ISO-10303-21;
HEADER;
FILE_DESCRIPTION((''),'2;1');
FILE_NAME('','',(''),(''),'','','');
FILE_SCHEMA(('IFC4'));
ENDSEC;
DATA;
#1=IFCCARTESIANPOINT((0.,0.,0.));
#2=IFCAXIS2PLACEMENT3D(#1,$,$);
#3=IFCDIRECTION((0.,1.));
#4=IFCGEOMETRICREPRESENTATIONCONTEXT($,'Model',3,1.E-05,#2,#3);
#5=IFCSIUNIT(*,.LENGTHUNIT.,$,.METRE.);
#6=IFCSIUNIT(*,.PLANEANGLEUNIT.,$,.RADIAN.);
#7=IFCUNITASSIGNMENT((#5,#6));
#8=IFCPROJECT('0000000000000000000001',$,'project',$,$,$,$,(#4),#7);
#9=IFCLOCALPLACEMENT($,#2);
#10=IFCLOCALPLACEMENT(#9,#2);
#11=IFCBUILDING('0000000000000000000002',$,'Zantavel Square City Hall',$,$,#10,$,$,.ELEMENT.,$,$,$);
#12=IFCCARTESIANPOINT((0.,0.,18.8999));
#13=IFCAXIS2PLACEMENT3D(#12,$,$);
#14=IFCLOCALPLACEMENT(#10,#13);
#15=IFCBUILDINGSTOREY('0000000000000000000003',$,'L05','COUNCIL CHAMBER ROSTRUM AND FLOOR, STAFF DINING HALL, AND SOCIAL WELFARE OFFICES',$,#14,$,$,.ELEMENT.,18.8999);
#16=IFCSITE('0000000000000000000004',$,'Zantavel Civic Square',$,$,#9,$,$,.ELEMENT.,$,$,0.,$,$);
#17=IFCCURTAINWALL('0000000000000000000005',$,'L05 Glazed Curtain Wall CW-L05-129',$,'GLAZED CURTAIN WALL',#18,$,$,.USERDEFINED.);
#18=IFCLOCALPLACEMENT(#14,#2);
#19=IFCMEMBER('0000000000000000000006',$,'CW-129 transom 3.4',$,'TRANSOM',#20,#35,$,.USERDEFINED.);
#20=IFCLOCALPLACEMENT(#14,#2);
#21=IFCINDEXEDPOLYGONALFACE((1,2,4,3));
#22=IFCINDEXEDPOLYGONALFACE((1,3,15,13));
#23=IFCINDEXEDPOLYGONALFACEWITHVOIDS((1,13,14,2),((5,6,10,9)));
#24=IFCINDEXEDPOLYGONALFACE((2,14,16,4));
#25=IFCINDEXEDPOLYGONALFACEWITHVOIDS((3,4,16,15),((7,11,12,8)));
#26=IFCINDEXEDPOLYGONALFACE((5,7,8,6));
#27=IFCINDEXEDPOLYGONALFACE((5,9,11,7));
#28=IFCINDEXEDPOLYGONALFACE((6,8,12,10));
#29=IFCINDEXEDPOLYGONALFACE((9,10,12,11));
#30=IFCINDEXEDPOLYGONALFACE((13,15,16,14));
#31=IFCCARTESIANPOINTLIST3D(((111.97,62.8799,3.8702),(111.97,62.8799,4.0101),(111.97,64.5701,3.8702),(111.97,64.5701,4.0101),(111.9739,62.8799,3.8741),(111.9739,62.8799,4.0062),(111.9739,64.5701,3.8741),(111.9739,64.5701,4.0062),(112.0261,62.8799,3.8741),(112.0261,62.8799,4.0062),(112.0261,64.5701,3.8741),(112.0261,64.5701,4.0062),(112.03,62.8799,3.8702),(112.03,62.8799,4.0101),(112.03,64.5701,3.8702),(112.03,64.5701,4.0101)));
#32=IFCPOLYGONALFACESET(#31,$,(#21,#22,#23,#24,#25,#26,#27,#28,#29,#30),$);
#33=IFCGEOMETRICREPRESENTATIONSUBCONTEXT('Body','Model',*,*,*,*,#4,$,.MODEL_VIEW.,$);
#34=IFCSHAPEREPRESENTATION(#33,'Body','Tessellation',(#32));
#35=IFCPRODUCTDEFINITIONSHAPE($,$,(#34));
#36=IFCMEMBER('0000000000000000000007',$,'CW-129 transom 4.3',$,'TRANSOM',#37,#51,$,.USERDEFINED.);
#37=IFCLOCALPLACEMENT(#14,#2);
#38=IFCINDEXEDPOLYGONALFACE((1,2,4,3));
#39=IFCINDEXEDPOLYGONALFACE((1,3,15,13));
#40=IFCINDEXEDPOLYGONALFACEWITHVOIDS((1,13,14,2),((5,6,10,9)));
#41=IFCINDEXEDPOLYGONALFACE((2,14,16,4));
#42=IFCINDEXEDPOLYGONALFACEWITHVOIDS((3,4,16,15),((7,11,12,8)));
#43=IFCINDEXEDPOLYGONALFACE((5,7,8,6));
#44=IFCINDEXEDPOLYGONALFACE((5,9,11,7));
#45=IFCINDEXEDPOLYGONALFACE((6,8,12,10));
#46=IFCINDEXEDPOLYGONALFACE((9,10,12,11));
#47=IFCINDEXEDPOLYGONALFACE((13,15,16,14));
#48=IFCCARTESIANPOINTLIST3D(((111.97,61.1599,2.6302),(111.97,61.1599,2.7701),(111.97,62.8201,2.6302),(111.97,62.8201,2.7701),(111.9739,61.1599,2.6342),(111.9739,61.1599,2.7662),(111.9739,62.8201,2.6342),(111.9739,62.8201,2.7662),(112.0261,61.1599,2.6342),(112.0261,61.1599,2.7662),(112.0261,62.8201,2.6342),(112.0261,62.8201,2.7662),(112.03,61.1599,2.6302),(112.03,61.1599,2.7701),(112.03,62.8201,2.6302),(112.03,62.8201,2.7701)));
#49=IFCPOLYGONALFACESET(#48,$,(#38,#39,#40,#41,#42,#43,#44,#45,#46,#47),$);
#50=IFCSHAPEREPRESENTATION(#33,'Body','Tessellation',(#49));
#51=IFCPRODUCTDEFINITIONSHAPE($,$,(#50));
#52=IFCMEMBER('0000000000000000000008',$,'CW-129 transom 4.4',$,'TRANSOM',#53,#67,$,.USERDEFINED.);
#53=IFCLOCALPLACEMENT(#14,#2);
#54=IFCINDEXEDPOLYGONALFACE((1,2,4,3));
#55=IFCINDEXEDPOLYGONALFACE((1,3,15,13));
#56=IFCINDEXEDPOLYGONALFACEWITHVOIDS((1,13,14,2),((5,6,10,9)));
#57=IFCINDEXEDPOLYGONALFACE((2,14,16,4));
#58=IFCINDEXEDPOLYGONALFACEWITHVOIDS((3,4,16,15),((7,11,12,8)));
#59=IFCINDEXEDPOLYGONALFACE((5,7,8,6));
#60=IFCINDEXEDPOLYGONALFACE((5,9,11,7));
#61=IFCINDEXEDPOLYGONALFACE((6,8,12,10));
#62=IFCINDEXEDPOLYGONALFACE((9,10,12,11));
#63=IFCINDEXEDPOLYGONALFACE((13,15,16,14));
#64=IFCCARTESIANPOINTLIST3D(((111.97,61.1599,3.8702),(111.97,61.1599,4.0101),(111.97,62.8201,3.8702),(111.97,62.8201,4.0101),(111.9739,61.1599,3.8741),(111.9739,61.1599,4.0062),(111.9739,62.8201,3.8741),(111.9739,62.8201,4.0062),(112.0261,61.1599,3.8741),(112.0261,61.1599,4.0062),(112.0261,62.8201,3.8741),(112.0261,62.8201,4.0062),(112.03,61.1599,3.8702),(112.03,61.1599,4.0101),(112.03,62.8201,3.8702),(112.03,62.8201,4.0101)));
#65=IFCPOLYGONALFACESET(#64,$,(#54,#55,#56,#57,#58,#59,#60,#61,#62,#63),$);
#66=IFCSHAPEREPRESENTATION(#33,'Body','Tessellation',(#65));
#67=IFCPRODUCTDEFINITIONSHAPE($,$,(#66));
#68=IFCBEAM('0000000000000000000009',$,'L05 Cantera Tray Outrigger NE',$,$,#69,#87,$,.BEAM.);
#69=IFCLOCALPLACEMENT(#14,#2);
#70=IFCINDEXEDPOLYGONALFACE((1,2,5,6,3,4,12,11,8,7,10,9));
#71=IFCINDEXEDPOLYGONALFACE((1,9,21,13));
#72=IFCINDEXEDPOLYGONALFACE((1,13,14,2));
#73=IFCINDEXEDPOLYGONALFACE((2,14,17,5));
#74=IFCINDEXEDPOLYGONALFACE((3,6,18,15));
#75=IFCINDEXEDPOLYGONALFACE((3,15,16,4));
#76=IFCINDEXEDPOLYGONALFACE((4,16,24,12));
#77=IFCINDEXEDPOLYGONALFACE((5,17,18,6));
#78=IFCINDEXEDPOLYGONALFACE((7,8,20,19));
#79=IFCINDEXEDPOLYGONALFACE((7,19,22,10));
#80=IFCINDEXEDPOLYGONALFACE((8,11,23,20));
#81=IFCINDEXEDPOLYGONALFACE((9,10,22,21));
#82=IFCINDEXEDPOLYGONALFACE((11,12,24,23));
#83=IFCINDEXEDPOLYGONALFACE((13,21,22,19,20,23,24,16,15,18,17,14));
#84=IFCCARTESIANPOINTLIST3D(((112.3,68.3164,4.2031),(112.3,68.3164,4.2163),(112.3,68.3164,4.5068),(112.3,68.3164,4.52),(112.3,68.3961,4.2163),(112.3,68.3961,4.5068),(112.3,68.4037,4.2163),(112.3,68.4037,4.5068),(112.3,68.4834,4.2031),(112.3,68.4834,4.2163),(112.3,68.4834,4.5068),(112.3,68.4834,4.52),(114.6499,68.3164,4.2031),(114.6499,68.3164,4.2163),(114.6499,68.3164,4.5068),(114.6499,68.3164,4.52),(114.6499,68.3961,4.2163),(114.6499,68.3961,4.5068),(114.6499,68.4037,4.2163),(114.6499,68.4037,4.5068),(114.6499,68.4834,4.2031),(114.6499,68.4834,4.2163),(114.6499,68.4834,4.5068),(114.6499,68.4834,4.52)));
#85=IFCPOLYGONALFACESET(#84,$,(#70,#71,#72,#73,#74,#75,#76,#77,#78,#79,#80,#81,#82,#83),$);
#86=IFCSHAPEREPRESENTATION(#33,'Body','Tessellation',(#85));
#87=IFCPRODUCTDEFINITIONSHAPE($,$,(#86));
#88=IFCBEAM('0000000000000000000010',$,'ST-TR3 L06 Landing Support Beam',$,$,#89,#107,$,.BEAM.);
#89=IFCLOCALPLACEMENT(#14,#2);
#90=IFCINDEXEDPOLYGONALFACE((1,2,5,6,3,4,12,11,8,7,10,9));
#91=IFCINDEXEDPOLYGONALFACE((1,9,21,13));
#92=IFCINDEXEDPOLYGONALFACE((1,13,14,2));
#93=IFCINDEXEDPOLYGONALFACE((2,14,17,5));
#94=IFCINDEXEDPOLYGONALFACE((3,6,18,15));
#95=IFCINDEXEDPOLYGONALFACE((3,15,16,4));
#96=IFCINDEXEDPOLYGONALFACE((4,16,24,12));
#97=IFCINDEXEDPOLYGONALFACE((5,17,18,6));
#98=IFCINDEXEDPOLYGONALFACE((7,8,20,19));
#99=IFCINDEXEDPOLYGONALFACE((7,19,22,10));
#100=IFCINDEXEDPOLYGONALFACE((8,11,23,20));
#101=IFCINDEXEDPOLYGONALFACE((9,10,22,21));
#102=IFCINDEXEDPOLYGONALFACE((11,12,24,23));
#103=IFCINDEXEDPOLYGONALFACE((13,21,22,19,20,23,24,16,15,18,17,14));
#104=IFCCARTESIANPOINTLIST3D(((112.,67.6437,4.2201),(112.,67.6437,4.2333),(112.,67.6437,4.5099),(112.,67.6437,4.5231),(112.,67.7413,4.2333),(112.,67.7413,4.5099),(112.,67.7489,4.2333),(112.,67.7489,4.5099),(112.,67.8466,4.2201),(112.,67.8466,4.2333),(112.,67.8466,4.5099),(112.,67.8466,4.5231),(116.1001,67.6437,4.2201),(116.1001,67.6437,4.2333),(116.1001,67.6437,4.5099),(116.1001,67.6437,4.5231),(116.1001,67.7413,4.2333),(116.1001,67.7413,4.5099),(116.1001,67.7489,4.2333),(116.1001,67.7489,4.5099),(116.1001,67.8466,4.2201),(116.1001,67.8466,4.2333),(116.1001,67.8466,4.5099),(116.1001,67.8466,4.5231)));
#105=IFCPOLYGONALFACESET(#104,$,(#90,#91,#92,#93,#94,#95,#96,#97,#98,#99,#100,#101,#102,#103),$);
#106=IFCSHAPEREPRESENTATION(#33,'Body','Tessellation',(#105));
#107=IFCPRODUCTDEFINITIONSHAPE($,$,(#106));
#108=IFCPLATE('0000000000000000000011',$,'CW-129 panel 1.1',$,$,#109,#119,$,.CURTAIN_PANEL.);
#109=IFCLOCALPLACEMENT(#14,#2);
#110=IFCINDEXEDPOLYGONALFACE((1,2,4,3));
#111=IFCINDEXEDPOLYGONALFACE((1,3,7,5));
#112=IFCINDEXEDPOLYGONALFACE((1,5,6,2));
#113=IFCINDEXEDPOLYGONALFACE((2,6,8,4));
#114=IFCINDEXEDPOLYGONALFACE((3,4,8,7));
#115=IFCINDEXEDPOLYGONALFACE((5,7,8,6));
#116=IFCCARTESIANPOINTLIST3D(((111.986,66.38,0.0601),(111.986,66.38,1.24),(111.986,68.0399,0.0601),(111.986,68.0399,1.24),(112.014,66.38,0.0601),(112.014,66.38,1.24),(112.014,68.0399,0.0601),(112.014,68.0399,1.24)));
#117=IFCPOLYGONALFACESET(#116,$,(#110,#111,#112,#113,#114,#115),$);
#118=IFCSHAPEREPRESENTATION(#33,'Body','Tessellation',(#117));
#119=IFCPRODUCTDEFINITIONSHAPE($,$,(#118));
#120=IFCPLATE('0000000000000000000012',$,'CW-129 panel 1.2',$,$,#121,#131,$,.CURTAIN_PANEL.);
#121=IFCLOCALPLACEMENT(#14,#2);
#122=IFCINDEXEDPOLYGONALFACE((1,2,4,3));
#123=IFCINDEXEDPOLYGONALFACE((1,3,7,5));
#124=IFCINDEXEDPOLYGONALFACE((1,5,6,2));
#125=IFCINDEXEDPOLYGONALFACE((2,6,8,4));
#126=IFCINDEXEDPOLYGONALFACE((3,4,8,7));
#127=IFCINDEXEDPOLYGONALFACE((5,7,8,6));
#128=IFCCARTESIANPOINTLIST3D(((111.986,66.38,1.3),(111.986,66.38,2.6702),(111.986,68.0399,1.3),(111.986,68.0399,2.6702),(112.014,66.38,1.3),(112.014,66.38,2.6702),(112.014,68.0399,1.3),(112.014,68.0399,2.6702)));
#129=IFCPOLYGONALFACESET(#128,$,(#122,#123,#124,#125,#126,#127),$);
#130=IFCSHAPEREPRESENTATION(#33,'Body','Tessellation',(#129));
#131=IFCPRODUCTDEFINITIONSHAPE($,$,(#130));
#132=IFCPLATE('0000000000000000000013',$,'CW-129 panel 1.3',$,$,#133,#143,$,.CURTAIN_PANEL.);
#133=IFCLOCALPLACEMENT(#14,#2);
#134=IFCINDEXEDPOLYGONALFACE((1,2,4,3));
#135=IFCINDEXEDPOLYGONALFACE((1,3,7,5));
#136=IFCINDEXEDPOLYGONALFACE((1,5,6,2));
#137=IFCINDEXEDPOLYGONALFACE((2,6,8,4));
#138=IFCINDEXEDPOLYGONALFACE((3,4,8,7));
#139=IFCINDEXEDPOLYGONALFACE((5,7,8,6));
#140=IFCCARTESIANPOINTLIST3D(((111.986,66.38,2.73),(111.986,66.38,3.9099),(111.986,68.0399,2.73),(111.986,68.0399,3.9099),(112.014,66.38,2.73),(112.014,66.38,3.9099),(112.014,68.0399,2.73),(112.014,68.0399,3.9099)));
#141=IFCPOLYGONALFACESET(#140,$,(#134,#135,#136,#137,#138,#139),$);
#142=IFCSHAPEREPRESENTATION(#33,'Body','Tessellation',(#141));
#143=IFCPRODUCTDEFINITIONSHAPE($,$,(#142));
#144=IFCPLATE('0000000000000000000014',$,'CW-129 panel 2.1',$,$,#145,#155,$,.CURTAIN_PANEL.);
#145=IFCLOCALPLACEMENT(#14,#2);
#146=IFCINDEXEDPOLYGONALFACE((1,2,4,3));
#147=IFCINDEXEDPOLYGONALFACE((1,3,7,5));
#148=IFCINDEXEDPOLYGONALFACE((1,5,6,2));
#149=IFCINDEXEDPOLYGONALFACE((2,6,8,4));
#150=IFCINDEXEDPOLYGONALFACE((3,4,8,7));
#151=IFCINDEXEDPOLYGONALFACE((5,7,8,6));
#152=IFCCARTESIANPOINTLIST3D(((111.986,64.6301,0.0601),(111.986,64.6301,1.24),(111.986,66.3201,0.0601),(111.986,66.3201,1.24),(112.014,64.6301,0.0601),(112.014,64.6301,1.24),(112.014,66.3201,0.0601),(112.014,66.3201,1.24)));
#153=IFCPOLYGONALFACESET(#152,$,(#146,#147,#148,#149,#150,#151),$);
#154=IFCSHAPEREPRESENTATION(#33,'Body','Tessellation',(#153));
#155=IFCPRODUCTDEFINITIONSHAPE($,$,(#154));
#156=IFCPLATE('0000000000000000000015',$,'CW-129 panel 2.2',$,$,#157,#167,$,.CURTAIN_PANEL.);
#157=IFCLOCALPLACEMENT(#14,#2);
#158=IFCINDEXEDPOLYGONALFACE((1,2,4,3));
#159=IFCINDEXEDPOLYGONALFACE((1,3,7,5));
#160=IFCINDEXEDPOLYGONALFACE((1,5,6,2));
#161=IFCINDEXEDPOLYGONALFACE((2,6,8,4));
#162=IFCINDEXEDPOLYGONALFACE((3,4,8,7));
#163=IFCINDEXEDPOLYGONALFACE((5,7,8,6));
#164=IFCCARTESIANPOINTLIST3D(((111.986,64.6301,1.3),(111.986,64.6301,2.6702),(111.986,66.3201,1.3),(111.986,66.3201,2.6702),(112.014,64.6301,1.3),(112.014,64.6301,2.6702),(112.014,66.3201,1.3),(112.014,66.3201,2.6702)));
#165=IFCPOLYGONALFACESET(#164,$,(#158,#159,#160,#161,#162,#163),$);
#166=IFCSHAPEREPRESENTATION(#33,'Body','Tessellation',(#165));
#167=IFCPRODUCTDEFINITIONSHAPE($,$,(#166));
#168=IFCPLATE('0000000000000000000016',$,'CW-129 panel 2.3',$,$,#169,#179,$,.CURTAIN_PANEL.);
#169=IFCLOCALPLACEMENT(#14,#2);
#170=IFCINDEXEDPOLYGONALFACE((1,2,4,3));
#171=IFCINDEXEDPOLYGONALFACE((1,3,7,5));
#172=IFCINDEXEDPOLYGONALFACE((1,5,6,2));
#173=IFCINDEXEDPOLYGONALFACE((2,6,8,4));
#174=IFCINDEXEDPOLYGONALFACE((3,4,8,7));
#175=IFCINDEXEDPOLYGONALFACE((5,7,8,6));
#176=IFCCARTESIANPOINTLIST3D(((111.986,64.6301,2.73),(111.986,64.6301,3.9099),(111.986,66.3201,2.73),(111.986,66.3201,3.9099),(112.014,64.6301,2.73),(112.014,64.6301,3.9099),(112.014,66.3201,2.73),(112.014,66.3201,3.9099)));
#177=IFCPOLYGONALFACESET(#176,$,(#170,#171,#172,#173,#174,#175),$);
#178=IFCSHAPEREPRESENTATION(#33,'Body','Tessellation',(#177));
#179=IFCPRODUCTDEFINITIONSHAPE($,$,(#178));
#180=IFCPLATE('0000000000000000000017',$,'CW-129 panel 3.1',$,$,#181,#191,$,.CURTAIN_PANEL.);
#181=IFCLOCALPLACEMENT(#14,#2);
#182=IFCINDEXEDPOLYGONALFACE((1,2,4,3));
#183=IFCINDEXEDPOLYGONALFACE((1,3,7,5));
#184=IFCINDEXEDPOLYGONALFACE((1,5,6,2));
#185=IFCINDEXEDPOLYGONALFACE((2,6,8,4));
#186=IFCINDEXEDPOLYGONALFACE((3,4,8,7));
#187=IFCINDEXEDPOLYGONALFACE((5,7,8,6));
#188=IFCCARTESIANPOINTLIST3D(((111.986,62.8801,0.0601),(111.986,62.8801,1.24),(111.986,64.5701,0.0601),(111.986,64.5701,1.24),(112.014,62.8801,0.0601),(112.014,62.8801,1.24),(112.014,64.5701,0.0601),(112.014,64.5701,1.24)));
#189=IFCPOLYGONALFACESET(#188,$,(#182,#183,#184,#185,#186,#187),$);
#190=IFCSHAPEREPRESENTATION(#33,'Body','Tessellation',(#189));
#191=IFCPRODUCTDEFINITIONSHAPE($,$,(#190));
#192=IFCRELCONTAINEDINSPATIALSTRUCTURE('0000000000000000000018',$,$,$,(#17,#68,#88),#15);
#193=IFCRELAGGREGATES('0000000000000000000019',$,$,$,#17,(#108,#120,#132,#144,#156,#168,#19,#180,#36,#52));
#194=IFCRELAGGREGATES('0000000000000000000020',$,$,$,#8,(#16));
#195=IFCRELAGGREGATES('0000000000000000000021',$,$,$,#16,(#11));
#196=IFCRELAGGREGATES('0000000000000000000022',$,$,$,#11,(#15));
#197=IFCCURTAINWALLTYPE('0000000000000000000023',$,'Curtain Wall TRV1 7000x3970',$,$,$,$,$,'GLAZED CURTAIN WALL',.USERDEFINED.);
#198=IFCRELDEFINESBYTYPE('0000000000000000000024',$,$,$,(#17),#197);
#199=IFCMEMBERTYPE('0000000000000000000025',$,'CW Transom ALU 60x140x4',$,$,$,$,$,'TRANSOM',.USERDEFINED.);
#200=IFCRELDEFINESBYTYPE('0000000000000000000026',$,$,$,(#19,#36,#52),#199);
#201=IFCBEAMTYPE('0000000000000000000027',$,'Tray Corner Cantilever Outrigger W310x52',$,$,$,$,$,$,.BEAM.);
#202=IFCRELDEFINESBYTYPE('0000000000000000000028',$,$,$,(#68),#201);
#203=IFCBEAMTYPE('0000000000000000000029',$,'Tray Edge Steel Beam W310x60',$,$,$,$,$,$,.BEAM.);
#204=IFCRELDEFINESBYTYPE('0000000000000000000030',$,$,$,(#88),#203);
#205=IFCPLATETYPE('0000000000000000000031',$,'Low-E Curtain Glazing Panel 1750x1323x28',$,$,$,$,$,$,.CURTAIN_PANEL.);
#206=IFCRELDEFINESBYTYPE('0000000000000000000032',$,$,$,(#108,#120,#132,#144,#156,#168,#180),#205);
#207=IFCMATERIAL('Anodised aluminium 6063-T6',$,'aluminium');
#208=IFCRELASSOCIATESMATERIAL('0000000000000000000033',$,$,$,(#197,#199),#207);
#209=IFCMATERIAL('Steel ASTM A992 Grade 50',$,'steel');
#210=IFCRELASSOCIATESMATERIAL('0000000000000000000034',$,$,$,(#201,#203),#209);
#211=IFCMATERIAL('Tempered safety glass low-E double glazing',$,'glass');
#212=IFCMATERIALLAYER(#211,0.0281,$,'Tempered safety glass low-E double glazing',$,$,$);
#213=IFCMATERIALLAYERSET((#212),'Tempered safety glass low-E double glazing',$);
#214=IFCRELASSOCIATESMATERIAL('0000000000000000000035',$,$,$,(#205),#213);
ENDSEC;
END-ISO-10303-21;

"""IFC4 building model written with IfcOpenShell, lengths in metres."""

from ifc_helpers import new_model, si_unit, direction, frame, origin, origin_2d, place, context, subcontext, project, spatial, rectangle, hollow_rectangle, i_section, extrude, material, layer, layer_set, material_profile, profile_set, type_object, element, aggregate, save


model = new_model("IFC4")

# Units and contexts
model_context = context("Model", 3, precision=1e-05, world=origin(), true_north=direction((0.0, 1.0)))
body_context = subcontext(model_context, "Body", "Model", "MODEL_VIEW")
ifc_project = project(units=[si_unit("LENGTHUNIT", "METRE"), si_unit("PLANEANGLEUNIT", "RADIAN")], contexts=[model_context])

# Site, building, storey
site_placement = place(None, origin())
site = spatial("IfcSite", under=ifc_project, at=site_placement, Name="Zantavel Civic Square", CompositionType="ELEMENT", RefElevation=0.0)
building_placement = place(site_placement, origin())
building = spatial("IfcBuilding", under=site, at=building_placement, Name="Zantavel Square City Hall", CompositionType="ELEMENT")
storey_placement = place(building_placement, frame((0.0, 0.0, 18.8999)))
storey = spatial("IfcBuildingStorey", under=building, at=storey_placement, Name="L05", Description="COUNCIL CHAMBER ROSTRUM AND FLOOR, STAFF DINING HALL, AND SOCIAL WELFARE OFFICES", CompositionType="ELEMENT", Elevation=18.8999)

# Curtain wall, members
ifc_material_1 = material(Name="Anodised aluminium 6063-T6", Category="aluminium")
curtain_wall_type = type_object("IfcCurtainWallType", Name="Curtain Wall TRV1 7000x3970", ElementType="GLAZED CURTAIN WALL", PredefinedType="USERDEFINED", material=ifc_material_1)
curtain_wall_placement = place(storey_placement, origin())
curtain_wall = element("IfcCurtainWall", 1, at=curtain_wall_placement, inside=storey, type_object=curtain_wall_type, Name="L05 Glazed Curtain Wall CW-L05-129", ObjectType="GLAZED CURTAIN WALL", PredefinedType="USERDEFINED")
ifc_material_profile_1 = material_profile(ifc_material_1, hollow_rectangle(XDim=0.0601, YDim=0.1399, WallThickness=0.0039, at=origin_2d()), Name="ALU 60x140x4")
ifc_profile_set_1 = profile_set([ifc_material_profile_1], Name="Anodised aluminium 6063-T6")
member_type_1 = type_object("IfcMemberType", Name="CW Transom ALU 60x140x4", ElementType="TRANSOM", PredefinedType="USERDEFINED", material=ifc_profile_set_1)
member_1_placement = place(storey_placement, frame((112.0, 64.5701, 3.9402), z_axis=(0.0, -1.0, 0.0), x_axis=(1.0, 0.0, 0.0)))
member_1 = element("IfcMember", 2, at=member_1_placement, type_object=member_type_1, Name="CW-129 transom 3.4", ObjectType="TRANSOM", PredefinedType="USERDEFINED", context=body_context, shape_type="SweptSolid", body=[
    extrude(hollow_rectangle(XDim=0.0601, YDim=0.1399, WallThickness=0.0039, at=origin_2d()), origin(), (0.0, 0.0, 1.0), 1.6902),
])
member_2_placement = place(storey_placement, frame((112.0, 62.8201, 2.7002), z_axis=(0.0, -1.0, 0.0), x_axis=(1.0, 0.0, 0.0)))
member_2 = element("IfcMember", 3, at=member_2_placement, type_object=member_type_1, Name="CW-129 transom 4.3", ObjectType="TRANSOM", PredefinedType="USERDEFINED", context=body_context, shape_type="SweptSolid", body=[
    extrude(hollow_rectangle(XDim=0.0601, YDim=0.1399, WallThickness=0.0039, at=origin_2d()), origin(), (0.0, 0.0, 1.0), 1.6602),
])
member_3_placement = place(storey_placement, frame((112.0, 62.8201, 3.9402), z_axis=(0.0, -1.0, 0.0), x_axis=(1.0, 0.0, 0.0)))
member_3 = element("IfcMember", 4, at=member_3_placement, type_object=member_type_1, Name="CW-129 transom 4.4", ObjectType="TRANSOM", PredefinedType="USERDEFINED", context=body_context, shape_type="SweptSolid", body=[
    extrude(hollow_rectangle(XDim=0.0601, YDim=0.1399, WallThickness=0.0039, at=origin_2d()), origin(), (0.0, 0.0, 1.0), 1.6602),
])

# Beams
ifc_material_2 = material(Name="Steel ASTM A992 Grade 50", Category="steel")
ifc_material_profile_2 = material_profile(ifc_material_2, i_section(OverallWidth=0.167, OverallDepth=0.3169, WebThickness=0.0076, FlangeThickness=0.0132, at=origin_2d()), Name="W310x52")
ifc_profile_set_2 = profile_set([ifc_material_profile_2], Name="Steel ASTM A992 Grade 50")
beam_type_1 = type_object("IfcBeamType", Name="Tray Corner Cantilever Outrigger W310x52", PredefinedType="BEAM", material=ifc_profile_set_2)
beam_1_placement = place(storey_placement, frame((112.3, 68.3999, 4.3616), z_axis=(1.0, 0.0, 0.0), x_axis=(0.0, 1.0, 0.0)))
element("IfcBeam", 5, at=beam_1_placement, inside=storey, type_object=beam_type_1, Name="L05 Cantera Tray Outrigger NE", PredefinedType="BEAM", context=body_context, shape_type="SweptSolid", body=[
    extrude(i_section(OverallWidth=0.167, OverallDepth=0.3169, WebThickness=0.0076, FlangeThickness=0.0132, at=origin_2d()), origin(), (0.0, 0.0, 1.0), 2.3499),
])
ifc_material_profile_3 = material_profile(ifc_material_2, i_section(OverallWidth=0.2029, OverallDepth=0.303, WebThickness=0.0076, FlangeThickness=0.0132, at=origin_2d()), Name="W310x60")
ifc_profile_set_3 = profile_set([ifc_material_profile_3], Name="Steel ASTM A992 Grade 50")
beam_type_2 = type_object("IfcBeamType", Name="Tray Edge Steel Beam W310x60", PredefinedType="BEAM", material=ifc_profile_set_3)
beam_2_placement = place(storey_placement, frame((112.0, 67.7451, 4.3716), z_axis=(1.0, 0.0, 0.0), x_axis=(0.0, 1.0, 0.0)))
element("IfcBeam", 6, at=beam_2_placement, inside=storey, type_object=beam_type_2, Name="ST-TR3 L06 Landing Support Beam", PredefinedType="BEAM", context=body_context, shape_type="SweptSolid", body=[
    extrude(i_section(OverallWidth=0.2029, OverallDepth=0.303, WebThickness=0.0076, FlangeThickness=0.0132, at=origin_2d()), origin(), (0.0, 0.0, 1.0), 4.1001),
])

# Plates
ifc_material_3 = material(Name="Tempered safety glass low-E double glazing", Category="glass")
ifc_layer_1 = layer(ifc_material_3, 0.0281, Name="Tempered safety glass low-E double glazing")
ifc_layer_set_1 = layer_set([ifc_layer_1], Name="Tempered safety glass low-E double glazing")
plate_type = type_object("IfcPlateType", Name="Low-E Curtain Glazing Panel 1750x1323x28", PredefinedType="CURTAIN_PANEL", material=ifc_layer_set_1)
plate_1_placement = place(storey_placement, frame((112.0, 67.21, 0.0601), z_axis=(0.0, 0.0, 1.0), x_axis=(0.0, -1.0, 0.0)))
plate_1 = element("IfcPlate", 7, at=plate_1_placement, type_object=plate_type, Name="CW-129 panel 1.1", PredefinedType="CURTAIN_PANEL", context=body_context, shape_type="SweptSolid", body=[
    extrude(rectangle(XDim=1.6599, YDim=0.0281, at=origin_2d()), origin(), (0.0, 0.0, 1.0), 1.1799),
])
plate_2_placement = place(storey_placement, frame((112.0, 67.21, 1.3), z_axis=(0.0, 0.0, 1.0), x_axis=(0.0, -1.0, 0.0)))
plate_2 = element("IfcPlate", 8, at=plate_2_placement, type_object=plate_type, Name="CW-129 panel 1.2", PredefinedType="CURTAIN_PANEL", context=body_context, shape_type="SweptSolid", body=[
    extrude(rectangle(XDim=1.6599, YDim=0.0281, at=origin_2d()), origin(), (0.0, 0.0, 1.0), 1.3701),
])
plate_3_placement = place(storey_placement, frame((112.0, 67.21, 2.73), z_axis=(0.0, 0.0, 1.0), x_axis=(0.0, -1.0, 0.0)))
plate_3 = element("IfcPlate", 9, at=plate_3_placement, type_object=plate_type, Name="CW-129 panel 1.3", PredefinedType="CURTAIN_PANEL", context=body_context, shape_type="SweptSolid", body=[
    extrude(rectangle(XDim=1.6599, YDim=0.0281, at=origin_2d()), origin(), (0.0, 0.0, 1.0), 1.1799),
])
plate_4_placement = place(storey_placement, frame((112.0, 65.4751, 0.0601), z_axis=(0.0, 0.0, 1.0), x_axis=(0.0, -1.0, 0.0)))
plate_4 = element("IfcPlate", 10, at=plate_4_placement, type_object=plate_type, Name="CW-129 panel 2.1", PredefinedType="CURTAIN_PANEL", context=body_context, shape_type="SweptSolid", body=[
    extrude(rectangle(XDim=1.6899, YDim=0.0281, at=origin_2d()), origin(), (0.0, 0.0, 1.0), 1.1799),
])
plate_5_placement = place(storey_placement, frame((112.0, 65.4751, 1.3), z_axis=(0.0, 0.0, 1.0), x_axis=(0.0, -1.0, 0.0)))
plate_5 = element("IfcPlate", 11, at=plate_5_placement, type_object=plate_type, Name="CW-129 panel 2.2", PredefinedType="CURTAIN_PANEL", context=body_context, shape_type="SweptSolid", body=[
    extrude(rectangle(XDim=1.6899, YDim=0.0281, at=origin_2d()), origin(), (0.0, 0.0, 1.0), 1.3701),
])
plate_6_placement = place(storey_placement, frame((112.0, 65.4751, 2.73), z_axis=(0.0, 0.0, 1.0), x_axis=(0.0, -1.0, 0.0)))
plate_6 = element("IfcPlate", 12, at=plate_6_placement, type_object=plate_type, Name="CW-129 panel 2.3", PredefinedType="CURTAIN_PANEL", context=body_context, shape_type="SweptSolid", body=[
    extrude(rectangle(XDim=1.6899, YDim=0.0281, at=origin_2d()), origin(), (0.0, 0.0, 1.0), 1.1799),
])
plate_7_placement = place(storey_placement, frame((112.0, 63.7251, 0.0601), z_axis=(0.0, 0.0, 1.0), x_axis=(0.0, -1.0, 0.0)))
plate_7 = element("IfcPlate", 13, at=plate_7_placement, type_object=plate_type, Name="CW-129 panel 3.1", PredefinedType="CURTAIN_PANEL", context=body_context, shape_type="SweptSolid", body=[
    extrude(rectangle(XDim=1.6899, YDim=0.0281, at=origin_2d()), origin(), (0.0, 0.0, 1.0), 1.1799),
])
aggregate(curtain_wall, [plate_1, plate_2, plate_3, plate_4, plate_5, plate_6, member_1, plate_7, member_2, member_3])

save(model, "model.ifc")
